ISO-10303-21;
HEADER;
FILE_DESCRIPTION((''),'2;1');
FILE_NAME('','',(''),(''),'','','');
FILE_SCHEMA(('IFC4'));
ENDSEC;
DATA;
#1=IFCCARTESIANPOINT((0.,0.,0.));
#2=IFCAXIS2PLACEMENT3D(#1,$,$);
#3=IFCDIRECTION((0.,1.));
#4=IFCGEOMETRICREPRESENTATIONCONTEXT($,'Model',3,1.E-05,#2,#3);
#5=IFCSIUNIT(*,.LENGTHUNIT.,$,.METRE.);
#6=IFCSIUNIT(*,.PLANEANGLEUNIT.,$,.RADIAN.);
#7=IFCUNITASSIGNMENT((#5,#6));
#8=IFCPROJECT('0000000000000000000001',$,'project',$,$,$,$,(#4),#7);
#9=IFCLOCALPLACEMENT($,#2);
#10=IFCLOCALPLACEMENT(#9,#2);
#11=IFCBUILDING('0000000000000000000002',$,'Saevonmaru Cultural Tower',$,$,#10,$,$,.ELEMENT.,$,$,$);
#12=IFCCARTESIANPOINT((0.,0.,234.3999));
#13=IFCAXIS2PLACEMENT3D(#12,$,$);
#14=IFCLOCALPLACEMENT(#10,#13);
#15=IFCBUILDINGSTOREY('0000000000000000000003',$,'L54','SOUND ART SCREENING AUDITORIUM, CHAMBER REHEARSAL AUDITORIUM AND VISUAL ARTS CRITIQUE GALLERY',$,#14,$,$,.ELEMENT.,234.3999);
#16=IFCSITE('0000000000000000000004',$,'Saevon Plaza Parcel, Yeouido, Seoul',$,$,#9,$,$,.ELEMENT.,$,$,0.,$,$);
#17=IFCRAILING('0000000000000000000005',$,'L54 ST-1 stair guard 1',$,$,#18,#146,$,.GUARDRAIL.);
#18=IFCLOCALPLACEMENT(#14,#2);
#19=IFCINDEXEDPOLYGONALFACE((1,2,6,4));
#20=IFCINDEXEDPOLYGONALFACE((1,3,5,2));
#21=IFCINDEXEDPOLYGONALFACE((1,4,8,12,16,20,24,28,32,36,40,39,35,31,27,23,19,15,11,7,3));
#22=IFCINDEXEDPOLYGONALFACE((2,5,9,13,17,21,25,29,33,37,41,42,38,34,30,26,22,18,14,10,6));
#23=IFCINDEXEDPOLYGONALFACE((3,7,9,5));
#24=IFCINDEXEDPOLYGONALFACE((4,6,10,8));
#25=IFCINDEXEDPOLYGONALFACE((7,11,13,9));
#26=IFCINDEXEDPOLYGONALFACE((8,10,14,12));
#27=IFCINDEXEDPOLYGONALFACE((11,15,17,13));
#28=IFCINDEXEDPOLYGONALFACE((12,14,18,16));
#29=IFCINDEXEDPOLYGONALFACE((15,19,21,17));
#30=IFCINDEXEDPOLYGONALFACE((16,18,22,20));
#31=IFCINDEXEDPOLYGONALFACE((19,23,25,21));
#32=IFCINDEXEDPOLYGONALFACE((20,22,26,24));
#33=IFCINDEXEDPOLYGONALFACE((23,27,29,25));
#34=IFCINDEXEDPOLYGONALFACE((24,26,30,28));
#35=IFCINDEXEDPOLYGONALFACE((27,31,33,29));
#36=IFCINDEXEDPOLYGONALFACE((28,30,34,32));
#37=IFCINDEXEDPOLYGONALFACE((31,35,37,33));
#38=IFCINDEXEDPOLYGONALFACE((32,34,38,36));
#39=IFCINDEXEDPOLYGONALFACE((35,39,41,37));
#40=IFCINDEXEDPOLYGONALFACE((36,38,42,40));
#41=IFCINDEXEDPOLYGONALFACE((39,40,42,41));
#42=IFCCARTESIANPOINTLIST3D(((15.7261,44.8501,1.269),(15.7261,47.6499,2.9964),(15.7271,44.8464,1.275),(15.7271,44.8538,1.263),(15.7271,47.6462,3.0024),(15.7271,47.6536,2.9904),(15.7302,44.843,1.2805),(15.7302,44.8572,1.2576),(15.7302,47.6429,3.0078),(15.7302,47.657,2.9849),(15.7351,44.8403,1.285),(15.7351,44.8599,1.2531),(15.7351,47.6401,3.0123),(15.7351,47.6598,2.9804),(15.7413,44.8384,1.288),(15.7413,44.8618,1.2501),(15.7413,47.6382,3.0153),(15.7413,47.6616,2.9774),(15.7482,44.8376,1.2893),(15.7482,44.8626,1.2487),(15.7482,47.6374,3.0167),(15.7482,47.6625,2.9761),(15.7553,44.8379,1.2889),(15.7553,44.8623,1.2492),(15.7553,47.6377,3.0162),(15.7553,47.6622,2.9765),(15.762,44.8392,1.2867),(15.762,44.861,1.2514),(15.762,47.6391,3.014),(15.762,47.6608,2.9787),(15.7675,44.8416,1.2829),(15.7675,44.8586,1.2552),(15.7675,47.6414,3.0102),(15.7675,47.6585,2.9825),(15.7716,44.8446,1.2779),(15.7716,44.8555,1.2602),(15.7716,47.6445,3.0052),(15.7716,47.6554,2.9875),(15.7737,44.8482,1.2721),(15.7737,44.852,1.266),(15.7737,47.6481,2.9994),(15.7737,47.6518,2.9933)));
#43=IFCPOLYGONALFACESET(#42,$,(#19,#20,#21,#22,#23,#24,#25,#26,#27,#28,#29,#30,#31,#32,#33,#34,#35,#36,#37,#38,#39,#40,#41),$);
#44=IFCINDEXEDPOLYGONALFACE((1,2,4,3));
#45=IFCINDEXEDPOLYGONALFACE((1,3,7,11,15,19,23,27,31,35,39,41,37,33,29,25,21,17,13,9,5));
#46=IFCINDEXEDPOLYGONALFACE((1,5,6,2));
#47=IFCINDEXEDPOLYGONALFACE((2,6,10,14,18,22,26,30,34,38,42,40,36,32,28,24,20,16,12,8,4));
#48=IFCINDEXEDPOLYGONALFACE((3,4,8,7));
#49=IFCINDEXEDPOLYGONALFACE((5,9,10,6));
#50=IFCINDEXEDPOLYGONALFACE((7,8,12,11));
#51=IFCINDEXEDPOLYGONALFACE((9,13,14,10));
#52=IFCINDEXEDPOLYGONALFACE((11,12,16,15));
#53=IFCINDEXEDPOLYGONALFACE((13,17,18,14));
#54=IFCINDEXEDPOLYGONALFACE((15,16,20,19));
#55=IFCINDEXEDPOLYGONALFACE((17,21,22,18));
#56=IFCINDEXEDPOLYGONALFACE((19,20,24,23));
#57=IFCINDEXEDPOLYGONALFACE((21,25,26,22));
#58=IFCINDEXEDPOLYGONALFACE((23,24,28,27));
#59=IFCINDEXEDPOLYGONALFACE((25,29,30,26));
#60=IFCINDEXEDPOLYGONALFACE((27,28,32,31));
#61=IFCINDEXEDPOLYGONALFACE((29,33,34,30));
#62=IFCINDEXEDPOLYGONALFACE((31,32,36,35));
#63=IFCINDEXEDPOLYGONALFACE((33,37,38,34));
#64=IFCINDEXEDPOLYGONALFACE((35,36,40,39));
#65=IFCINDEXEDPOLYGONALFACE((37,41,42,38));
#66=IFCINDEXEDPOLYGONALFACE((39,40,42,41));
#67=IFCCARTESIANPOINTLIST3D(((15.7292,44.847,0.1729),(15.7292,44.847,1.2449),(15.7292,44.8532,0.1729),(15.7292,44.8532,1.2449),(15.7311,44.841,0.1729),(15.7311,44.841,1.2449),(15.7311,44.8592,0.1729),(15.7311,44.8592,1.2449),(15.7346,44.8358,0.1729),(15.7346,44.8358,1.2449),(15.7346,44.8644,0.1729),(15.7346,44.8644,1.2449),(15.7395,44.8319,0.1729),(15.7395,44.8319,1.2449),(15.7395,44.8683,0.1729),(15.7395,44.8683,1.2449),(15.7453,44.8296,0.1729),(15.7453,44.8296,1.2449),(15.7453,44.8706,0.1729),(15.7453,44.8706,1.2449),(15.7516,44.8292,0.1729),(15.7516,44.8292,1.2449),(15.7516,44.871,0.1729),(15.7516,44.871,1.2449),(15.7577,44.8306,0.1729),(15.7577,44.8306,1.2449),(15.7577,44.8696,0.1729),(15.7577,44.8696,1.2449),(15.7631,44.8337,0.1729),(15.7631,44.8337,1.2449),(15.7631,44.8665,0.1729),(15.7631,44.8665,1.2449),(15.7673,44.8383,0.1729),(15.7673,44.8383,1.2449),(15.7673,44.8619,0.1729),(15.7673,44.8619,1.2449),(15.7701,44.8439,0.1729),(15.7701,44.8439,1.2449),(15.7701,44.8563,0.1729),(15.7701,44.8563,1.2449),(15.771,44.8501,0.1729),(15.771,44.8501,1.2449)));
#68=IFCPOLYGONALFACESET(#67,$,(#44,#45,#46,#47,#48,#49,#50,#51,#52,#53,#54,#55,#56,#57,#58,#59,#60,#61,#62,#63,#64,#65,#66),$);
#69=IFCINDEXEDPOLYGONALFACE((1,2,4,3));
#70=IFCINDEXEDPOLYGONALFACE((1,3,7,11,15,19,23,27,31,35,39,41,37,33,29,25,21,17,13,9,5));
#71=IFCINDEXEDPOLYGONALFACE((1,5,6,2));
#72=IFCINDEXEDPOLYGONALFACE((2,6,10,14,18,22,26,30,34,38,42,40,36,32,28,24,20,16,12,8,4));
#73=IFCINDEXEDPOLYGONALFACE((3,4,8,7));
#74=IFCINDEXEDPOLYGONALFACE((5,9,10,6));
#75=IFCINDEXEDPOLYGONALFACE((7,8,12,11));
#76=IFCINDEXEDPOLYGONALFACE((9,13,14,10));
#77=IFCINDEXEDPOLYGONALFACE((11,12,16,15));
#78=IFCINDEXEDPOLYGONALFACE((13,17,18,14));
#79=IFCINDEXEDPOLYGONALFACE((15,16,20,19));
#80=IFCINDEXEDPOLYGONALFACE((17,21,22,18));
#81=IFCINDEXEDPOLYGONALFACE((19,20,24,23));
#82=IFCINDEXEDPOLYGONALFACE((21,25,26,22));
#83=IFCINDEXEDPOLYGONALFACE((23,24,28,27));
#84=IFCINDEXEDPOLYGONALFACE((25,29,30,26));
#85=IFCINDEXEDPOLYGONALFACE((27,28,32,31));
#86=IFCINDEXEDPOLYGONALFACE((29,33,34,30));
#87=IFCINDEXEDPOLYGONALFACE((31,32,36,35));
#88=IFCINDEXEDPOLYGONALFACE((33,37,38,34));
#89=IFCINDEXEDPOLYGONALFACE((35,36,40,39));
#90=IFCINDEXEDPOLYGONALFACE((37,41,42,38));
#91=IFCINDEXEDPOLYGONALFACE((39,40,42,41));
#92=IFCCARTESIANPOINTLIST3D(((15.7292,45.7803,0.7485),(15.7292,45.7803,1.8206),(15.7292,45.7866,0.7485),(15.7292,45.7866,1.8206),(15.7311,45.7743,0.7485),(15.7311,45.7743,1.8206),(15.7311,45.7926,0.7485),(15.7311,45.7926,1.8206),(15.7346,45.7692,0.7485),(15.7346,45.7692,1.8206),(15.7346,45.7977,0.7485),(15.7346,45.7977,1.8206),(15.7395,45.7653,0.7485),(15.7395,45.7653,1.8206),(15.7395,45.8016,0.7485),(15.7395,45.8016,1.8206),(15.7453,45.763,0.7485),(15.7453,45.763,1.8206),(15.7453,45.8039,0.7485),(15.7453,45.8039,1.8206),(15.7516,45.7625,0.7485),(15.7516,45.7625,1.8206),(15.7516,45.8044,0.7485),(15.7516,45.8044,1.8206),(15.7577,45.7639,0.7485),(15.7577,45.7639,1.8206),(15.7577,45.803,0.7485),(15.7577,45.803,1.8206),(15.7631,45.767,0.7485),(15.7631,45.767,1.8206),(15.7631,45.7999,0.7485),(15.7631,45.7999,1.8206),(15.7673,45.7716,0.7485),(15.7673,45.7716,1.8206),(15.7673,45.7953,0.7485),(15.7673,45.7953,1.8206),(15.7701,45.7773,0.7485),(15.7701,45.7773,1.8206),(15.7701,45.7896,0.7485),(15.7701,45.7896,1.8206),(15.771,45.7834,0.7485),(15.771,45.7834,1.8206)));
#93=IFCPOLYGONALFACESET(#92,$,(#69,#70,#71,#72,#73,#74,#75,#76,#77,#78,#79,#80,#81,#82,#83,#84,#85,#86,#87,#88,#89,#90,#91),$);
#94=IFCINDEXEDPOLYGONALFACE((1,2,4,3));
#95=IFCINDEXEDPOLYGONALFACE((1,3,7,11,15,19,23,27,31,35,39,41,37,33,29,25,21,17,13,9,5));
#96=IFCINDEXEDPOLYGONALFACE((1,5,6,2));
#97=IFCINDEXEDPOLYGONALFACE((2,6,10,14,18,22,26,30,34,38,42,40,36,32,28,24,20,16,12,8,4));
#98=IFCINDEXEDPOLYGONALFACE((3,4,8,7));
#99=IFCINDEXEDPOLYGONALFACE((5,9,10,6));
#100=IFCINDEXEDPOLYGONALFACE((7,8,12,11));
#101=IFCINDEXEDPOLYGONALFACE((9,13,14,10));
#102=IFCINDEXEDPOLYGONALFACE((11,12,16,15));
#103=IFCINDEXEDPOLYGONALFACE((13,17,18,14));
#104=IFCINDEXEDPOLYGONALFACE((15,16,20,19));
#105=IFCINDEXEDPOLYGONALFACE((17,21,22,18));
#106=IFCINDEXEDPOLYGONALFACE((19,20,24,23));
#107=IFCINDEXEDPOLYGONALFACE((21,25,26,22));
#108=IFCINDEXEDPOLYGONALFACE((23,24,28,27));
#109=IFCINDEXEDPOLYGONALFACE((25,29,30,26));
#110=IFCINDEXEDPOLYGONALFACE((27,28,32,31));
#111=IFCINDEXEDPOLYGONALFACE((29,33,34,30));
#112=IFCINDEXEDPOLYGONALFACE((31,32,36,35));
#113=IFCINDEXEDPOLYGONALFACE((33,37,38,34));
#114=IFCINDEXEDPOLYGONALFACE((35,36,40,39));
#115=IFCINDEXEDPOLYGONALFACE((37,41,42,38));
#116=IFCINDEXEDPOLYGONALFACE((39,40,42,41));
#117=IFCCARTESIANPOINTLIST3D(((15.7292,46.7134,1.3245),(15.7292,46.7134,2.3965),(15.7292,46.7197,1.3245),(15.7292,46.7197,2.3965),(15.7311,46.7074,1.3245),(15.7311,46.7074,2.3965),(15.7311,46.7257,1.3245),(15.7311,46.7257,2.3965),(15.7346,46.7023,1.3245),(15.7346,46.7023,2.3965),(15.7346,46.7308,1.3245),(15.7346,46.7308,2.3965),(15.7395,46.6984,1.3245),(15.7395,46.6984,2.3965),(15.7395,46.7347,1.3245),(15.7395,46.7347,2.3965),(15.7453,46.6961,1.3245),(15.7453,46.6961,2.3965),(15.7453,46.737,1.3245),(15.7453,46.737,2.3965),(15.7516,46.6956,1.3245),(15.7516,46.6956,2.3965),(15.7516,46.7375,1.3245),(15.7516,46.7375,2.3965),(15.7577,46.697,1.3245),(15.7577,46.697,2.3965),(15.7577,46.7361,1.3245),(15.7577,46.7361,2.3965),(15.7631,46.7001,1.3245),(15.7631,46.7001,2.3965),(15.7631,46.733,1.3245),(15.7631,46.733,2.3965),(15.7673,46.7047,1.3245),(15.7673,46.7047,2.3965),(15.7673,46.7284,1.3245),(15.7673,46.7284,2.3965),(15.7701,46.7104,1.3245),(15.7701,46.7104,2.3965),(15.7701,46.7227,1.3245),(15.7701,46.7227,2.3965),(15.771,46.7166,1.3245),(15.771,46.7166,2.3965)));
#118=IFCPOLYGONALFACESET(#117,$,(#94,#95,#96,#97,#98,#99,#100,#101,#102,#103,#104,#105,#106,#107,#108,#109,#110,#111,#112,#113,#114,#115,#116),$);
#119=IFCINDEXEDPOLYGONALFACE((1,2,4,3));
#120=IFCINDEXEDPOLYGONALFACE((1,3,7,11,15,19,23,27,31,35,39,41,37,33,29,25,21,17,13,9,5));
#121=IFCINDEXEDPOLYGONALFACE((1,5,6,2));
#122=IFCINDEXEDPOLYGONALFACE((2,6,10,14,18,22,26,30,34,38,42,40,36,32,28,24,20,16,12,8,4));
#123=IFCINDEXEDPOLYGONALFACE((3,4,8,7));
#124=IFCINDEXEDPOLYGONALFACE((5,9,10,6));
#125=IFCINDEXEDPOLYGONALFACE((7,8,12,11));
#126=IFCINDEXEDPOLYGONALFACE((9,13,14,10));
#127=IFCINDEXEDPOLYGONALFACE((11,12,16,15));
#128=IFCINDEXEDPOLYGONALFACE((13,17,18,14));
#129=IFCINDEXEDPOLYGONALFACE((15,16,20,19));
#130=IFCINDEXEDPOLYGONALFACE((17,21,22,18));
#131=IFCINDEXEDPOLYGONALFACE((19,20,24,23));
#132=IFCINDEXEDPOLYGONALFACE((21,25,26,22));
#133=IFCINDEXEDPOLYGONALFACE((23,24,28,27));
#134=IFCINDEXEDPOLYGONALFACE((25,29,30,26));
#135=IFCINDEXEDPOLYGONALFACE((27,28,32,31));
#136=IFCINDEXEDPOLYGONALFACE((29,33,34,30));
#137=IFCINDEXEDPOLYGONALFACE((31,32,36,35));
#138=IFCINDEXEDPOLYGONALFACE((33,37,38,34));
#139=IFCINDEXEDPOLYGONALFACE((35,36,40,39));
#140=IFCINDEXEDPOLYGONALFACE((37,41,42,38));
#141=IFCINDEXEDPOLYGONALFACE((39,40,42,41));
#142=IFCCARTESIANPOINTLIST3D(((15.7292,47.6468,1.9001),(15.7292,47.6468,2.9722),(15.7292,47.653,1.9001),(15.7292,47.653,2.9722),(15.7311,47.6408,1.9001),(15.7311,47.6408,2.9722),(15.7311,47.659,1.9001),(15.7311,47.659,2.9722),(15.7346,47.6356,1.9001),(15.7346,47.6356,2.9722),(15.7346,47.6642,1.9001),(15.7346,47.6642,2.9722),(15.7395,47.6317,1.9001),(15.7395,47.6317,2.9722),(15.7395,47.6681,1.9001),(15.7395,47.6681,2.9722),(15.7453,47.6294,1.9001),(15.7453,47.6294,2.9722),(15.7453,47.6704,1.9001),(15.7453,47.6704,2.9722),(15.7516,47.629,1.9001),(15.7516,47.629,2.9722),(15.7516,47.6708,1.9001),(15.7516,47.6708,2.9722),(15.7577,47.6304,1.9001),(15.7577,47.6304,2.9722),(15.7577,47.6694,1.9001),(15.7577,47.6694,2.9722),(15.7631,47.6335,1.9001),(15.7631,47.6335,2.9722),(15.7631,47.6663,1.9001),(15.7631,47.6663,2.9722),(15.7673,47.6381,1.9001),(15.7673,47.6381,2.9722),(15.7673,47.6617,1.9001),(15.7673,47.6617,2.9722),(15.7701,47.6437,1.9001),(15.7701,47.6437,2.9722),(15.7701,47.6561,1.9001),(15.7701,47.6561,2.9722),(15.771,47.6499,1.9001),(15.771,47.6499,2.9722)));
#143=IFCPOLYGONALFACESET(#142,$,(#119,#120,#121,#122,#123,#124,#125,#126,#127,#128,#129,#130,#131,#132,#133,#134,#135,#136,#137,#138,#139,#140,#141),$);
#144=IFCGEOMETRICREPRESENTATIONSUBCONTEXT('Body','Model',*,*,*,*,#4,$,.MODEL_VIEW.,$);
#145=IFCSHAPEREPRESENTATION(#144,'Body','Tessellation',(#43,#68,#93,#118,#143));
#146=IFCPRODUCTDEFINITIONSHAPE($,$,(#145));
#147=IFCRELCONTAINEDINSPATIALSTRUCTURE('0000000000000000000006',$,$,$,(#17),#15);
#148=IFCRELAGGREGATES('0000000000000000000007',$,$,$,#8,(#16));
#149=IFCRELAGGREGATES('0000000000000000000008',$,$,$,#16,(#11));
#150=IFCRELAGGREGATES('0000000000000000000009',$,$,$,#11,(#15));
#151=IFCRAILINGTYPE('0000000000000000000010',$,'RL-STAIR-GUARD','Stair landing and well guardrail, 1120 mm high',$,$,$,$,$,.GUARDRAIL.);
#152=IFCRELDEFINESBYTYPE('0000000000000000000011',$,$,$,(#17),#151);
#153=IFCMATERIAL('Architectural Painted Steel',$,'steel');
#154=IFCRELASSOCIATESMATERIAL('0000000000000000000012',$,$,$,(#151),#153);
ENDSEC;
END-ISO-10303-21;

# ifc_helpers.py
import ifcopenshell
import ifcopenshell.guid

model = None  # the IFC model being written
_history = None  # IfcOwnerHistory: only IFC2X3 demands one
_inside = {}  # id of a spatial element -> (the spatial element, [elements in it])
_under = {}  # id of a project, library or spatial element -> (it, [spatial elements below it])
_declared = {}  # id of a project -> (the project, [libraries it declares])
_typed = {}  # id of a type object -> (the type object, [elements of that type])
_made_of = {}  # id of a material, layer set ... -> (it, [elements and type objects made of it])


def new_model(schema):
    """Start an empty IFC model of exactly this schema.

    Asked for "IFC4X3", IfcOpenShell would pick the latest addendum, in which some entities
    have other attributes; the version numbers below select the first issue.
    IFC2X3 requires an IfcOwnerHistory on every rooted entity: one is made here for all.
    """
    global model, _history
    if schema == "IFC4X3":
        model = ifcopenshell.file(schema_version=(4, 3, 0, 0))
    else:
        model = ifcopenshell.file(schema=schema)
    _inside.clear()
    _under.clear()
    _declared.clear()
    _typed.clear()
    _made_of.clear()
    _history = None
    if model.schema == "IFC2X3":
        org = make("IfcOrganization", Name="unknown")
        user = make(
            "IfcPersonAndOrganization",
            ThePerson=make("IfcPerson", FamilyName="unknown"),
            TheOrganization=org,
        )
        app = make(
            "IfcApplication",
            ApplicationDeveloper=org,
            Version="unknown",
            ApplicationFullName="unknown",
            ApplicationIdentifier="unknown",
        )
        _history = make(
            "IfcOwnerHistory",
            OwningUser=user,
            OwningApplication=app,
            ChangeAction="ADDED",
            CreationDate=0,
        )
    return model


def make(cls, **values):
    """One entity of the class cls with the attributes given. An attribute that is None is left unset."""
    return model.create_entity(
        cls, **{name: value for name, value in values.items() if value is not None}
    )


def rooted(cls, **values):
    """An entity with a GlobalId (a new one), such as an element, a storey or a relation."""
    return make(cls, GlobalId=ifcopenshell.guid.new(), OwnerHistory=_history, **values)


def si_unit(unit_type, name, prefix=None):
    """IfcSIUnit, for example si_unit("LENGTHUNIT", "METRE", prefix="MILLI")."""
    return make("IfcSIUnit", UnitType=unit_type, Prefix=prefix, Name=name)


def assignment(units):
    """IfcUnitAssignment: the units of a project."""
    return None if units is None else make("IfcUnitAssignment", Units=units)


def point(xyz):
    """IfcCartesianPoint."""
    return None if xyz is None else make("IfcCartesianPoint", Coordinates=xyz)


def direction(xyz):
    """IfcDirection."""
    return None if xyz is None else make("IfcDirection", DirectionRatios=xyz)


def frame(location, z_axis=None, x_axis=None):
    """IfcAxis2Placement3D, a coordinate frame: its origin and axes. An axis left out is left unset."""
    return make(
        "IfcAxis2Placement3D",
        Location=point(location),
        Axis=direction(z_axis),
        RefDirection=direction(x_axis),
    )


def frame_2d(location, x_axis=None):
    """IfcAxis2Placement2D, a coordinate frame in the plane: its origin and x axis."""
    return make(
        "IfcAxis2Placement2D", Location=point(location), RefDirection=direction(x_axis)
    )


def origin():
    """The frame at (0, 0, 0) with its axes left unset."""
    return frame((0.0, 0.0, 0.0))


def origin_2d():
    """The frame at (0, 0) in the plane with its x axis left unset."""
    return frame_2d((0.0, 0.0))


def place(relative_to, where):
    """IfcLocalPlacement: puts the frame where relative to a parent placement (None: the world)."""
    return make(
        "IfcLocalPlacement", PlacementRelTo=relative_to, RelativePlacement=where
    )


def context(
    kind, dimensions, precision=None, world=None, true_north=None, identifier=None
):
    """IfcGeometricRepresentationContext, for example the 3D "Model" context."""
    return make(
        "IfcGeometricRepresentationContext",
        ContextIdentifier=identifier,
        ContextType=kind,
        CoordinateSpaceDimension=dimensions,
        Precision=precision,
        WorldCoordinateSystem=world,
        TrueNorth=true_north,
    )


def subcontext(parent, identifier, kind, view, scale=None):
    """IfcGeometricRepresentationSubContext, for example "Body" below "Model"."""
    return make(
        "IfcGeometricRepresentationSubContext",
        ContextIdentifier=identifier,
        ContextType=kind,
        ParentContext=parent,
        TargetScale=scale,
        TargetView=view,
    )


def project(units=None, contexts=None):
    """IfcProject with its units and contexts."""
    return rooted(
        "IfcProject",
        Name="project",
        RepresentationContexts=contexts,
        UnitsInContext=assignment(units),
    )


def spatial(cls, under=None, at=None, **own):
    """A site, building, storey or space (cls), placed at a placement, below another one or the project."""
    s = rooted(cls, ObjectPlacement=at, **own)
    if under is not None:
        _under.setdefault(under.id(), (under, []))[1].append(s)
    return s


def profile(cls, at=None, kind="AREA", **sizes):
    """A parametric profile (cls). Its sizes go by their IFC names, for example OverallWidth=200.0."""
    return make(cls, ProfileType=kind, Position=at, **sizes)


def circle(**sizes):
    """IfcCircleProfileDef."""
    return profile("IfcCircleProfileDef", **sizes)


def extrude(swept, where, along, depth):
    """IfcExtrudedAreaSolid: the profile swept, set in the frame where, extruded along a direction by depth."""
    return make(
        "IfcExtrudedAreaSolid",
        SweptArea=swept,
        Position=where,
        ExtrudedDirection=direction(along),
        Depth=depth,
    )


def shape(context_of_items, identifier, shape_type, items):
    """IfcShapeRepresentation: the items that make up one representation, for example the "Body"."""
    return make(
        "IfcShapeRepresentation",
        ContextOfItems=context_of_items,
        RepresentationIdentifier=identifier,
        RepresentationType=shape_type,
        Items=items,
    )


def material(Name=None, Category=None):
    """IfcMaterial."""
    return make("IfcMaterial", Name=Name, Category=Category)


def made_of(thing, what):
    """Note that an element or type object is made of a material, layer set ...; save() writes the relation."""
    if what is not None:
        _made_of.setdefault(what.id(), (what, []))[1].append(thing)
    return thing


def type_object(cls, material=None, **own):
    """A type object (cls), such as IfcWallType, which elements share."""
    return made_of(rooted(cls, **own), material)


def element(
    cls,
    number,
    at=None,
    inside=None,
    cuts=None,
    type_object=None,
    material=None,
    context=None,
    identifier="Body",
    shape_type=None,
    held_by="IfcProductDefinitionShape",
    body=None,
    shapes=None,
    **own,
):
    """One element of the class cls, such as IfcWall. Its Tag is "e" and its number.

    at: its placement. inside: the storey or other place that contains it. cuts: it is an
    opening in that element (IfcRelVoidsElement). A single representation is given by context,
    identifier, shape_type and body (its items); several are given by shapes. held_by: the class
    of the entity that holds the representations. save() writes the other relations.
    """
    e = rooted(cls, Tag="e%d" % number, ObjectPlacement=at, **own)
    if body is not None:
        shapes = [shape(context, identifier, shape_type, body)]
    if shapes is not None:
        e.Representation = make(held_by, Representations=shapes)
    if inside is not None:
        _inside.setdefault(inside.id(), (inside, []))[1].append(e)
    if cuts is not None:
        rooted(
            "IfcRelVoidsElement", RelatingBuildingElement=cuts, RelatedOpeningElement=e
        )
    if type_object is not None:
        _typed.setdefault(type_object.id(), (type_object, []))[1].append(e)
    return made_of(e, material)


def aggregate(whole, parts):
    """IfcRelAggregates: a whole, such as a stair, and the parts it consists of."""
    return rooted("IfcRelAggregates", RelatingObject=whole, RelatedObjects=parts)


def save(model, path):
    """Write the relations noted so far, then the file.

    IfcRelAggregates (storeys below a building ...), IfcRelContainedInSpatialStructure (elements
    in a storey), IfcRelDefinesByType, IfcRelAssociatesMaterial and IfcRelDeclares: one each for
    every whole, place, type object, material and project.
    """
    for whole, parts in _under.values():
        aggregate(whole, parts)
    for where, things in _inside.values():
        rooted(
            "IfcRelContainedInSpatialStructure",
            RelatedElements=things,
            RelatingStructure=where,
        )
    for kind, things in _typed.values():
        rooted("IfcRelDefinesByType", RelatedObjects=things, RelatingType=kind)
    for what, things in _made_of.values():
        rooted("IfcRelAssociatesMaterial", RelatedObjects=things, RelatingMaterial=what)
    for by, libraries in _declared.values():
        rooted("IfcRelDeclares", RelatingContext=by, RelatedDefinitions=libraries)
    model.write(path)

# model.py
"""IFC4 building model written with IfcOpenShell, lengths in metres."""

from ifc_helpers import new_model, si_unit, direction, frame, origin, origin_2d, place, context, subcontext, project, spatial, circle, extrude, material, type_object, element, save


model = new_model("IFC4")

# Units and contexts
model_context = context("Model", 3, precision=1e-05, world=origin(), true_north=direction((0.0, 1.0)))
body_context = subcontext(model_context, "Body", "Model", "MODEL_VIEW")
ifc_project = project(units=[si_unit("LENGTHUNIT", "METRE"), si_unit("PLANEANGLEUNIT", "RADIAN")], contexts=[model_context])

# Site, building, storey
site_placement = place(None, origin())
site = spatial("IfcSite", under=ifc_project, at=site_placement, Name="Saevon Plaza Parcel, Yeouido, Seoul", CompositionType="ELEMENT", RefElevation=0.0)
building_placement = place(site_placement, origin())
building = spatial("IfcBuilding", under=site, at=building_placement, Name="Saevonmaru Cultural Tower", CompositionType="ELEMENT")
storey_placement = place(building_placement, frame((0.0, 0.0, 234.3999)))
storey = spatial("IfcBuildingStorey", under=building, at=storey_placement, Name="L54", Description="SOUND ART SCREENING AUDITORIUM, CHAMBER REHEARSAL AUDITORIUM AND VISUAL ARTS CRITIQUE GALLERY", CompositionType="ELEMENT", Elevation=234.3999)

# Railing
ifc_material_1 = material(Name="Architectural Painted Steel", Category="steel")
railing_type_1 = type_object("IfcRailingType", Name="RL-STAIR-GUARD", Description="Stair landing and well guardrail, 1120 mm high", PredefinedType="GUARDRAIL", material=ifc_material_1)
railing_1_placement = place(storey_placement, frame((15.75, 44.8501, 0.1729)))
element("IfcRailing", 1, at=railing_1_placement, inside=storey, type_object=railing_type_1, Name="L54 ST-1 stair guard 1", PredefinedType="GUARDRAIL", context=body_context, shape_type="SweptSolid", body=[
    extrude(circle(Radius=0.0239, at=origin_2d()), frame((0.0, 0.0, 1.0962), z_axis=(0.0, 0.851069, 0.525054), x_axis=(-1.0, 0.0, 0.0)), (0.0, 0.0, 1.0), 3.2898),
    extrude(circle(Radius=0.021, at=origin_2d()), origin(), (0.0, 0.0, 1.0), 1.072),
    extrude(circle(Radius=0.021, at=origin_2d()), frame((0.0, 0.9333, 0.5757)), (0.0, 0.0, 1.0), 1.072),
    extrude(circle(Radius=0.021, at=origin_2d()), frame((0.0, 1.8665, 1.1516)), (0.0, 0.0, 1.0), 1.072),
    extrude(circle(Radius=0.021, at=origin_2d()), frame((0.0, 2.7998, 1.7273)), (0.0, 0.0, 1.0), 1.072),
])

save(model, "model.ifc")
